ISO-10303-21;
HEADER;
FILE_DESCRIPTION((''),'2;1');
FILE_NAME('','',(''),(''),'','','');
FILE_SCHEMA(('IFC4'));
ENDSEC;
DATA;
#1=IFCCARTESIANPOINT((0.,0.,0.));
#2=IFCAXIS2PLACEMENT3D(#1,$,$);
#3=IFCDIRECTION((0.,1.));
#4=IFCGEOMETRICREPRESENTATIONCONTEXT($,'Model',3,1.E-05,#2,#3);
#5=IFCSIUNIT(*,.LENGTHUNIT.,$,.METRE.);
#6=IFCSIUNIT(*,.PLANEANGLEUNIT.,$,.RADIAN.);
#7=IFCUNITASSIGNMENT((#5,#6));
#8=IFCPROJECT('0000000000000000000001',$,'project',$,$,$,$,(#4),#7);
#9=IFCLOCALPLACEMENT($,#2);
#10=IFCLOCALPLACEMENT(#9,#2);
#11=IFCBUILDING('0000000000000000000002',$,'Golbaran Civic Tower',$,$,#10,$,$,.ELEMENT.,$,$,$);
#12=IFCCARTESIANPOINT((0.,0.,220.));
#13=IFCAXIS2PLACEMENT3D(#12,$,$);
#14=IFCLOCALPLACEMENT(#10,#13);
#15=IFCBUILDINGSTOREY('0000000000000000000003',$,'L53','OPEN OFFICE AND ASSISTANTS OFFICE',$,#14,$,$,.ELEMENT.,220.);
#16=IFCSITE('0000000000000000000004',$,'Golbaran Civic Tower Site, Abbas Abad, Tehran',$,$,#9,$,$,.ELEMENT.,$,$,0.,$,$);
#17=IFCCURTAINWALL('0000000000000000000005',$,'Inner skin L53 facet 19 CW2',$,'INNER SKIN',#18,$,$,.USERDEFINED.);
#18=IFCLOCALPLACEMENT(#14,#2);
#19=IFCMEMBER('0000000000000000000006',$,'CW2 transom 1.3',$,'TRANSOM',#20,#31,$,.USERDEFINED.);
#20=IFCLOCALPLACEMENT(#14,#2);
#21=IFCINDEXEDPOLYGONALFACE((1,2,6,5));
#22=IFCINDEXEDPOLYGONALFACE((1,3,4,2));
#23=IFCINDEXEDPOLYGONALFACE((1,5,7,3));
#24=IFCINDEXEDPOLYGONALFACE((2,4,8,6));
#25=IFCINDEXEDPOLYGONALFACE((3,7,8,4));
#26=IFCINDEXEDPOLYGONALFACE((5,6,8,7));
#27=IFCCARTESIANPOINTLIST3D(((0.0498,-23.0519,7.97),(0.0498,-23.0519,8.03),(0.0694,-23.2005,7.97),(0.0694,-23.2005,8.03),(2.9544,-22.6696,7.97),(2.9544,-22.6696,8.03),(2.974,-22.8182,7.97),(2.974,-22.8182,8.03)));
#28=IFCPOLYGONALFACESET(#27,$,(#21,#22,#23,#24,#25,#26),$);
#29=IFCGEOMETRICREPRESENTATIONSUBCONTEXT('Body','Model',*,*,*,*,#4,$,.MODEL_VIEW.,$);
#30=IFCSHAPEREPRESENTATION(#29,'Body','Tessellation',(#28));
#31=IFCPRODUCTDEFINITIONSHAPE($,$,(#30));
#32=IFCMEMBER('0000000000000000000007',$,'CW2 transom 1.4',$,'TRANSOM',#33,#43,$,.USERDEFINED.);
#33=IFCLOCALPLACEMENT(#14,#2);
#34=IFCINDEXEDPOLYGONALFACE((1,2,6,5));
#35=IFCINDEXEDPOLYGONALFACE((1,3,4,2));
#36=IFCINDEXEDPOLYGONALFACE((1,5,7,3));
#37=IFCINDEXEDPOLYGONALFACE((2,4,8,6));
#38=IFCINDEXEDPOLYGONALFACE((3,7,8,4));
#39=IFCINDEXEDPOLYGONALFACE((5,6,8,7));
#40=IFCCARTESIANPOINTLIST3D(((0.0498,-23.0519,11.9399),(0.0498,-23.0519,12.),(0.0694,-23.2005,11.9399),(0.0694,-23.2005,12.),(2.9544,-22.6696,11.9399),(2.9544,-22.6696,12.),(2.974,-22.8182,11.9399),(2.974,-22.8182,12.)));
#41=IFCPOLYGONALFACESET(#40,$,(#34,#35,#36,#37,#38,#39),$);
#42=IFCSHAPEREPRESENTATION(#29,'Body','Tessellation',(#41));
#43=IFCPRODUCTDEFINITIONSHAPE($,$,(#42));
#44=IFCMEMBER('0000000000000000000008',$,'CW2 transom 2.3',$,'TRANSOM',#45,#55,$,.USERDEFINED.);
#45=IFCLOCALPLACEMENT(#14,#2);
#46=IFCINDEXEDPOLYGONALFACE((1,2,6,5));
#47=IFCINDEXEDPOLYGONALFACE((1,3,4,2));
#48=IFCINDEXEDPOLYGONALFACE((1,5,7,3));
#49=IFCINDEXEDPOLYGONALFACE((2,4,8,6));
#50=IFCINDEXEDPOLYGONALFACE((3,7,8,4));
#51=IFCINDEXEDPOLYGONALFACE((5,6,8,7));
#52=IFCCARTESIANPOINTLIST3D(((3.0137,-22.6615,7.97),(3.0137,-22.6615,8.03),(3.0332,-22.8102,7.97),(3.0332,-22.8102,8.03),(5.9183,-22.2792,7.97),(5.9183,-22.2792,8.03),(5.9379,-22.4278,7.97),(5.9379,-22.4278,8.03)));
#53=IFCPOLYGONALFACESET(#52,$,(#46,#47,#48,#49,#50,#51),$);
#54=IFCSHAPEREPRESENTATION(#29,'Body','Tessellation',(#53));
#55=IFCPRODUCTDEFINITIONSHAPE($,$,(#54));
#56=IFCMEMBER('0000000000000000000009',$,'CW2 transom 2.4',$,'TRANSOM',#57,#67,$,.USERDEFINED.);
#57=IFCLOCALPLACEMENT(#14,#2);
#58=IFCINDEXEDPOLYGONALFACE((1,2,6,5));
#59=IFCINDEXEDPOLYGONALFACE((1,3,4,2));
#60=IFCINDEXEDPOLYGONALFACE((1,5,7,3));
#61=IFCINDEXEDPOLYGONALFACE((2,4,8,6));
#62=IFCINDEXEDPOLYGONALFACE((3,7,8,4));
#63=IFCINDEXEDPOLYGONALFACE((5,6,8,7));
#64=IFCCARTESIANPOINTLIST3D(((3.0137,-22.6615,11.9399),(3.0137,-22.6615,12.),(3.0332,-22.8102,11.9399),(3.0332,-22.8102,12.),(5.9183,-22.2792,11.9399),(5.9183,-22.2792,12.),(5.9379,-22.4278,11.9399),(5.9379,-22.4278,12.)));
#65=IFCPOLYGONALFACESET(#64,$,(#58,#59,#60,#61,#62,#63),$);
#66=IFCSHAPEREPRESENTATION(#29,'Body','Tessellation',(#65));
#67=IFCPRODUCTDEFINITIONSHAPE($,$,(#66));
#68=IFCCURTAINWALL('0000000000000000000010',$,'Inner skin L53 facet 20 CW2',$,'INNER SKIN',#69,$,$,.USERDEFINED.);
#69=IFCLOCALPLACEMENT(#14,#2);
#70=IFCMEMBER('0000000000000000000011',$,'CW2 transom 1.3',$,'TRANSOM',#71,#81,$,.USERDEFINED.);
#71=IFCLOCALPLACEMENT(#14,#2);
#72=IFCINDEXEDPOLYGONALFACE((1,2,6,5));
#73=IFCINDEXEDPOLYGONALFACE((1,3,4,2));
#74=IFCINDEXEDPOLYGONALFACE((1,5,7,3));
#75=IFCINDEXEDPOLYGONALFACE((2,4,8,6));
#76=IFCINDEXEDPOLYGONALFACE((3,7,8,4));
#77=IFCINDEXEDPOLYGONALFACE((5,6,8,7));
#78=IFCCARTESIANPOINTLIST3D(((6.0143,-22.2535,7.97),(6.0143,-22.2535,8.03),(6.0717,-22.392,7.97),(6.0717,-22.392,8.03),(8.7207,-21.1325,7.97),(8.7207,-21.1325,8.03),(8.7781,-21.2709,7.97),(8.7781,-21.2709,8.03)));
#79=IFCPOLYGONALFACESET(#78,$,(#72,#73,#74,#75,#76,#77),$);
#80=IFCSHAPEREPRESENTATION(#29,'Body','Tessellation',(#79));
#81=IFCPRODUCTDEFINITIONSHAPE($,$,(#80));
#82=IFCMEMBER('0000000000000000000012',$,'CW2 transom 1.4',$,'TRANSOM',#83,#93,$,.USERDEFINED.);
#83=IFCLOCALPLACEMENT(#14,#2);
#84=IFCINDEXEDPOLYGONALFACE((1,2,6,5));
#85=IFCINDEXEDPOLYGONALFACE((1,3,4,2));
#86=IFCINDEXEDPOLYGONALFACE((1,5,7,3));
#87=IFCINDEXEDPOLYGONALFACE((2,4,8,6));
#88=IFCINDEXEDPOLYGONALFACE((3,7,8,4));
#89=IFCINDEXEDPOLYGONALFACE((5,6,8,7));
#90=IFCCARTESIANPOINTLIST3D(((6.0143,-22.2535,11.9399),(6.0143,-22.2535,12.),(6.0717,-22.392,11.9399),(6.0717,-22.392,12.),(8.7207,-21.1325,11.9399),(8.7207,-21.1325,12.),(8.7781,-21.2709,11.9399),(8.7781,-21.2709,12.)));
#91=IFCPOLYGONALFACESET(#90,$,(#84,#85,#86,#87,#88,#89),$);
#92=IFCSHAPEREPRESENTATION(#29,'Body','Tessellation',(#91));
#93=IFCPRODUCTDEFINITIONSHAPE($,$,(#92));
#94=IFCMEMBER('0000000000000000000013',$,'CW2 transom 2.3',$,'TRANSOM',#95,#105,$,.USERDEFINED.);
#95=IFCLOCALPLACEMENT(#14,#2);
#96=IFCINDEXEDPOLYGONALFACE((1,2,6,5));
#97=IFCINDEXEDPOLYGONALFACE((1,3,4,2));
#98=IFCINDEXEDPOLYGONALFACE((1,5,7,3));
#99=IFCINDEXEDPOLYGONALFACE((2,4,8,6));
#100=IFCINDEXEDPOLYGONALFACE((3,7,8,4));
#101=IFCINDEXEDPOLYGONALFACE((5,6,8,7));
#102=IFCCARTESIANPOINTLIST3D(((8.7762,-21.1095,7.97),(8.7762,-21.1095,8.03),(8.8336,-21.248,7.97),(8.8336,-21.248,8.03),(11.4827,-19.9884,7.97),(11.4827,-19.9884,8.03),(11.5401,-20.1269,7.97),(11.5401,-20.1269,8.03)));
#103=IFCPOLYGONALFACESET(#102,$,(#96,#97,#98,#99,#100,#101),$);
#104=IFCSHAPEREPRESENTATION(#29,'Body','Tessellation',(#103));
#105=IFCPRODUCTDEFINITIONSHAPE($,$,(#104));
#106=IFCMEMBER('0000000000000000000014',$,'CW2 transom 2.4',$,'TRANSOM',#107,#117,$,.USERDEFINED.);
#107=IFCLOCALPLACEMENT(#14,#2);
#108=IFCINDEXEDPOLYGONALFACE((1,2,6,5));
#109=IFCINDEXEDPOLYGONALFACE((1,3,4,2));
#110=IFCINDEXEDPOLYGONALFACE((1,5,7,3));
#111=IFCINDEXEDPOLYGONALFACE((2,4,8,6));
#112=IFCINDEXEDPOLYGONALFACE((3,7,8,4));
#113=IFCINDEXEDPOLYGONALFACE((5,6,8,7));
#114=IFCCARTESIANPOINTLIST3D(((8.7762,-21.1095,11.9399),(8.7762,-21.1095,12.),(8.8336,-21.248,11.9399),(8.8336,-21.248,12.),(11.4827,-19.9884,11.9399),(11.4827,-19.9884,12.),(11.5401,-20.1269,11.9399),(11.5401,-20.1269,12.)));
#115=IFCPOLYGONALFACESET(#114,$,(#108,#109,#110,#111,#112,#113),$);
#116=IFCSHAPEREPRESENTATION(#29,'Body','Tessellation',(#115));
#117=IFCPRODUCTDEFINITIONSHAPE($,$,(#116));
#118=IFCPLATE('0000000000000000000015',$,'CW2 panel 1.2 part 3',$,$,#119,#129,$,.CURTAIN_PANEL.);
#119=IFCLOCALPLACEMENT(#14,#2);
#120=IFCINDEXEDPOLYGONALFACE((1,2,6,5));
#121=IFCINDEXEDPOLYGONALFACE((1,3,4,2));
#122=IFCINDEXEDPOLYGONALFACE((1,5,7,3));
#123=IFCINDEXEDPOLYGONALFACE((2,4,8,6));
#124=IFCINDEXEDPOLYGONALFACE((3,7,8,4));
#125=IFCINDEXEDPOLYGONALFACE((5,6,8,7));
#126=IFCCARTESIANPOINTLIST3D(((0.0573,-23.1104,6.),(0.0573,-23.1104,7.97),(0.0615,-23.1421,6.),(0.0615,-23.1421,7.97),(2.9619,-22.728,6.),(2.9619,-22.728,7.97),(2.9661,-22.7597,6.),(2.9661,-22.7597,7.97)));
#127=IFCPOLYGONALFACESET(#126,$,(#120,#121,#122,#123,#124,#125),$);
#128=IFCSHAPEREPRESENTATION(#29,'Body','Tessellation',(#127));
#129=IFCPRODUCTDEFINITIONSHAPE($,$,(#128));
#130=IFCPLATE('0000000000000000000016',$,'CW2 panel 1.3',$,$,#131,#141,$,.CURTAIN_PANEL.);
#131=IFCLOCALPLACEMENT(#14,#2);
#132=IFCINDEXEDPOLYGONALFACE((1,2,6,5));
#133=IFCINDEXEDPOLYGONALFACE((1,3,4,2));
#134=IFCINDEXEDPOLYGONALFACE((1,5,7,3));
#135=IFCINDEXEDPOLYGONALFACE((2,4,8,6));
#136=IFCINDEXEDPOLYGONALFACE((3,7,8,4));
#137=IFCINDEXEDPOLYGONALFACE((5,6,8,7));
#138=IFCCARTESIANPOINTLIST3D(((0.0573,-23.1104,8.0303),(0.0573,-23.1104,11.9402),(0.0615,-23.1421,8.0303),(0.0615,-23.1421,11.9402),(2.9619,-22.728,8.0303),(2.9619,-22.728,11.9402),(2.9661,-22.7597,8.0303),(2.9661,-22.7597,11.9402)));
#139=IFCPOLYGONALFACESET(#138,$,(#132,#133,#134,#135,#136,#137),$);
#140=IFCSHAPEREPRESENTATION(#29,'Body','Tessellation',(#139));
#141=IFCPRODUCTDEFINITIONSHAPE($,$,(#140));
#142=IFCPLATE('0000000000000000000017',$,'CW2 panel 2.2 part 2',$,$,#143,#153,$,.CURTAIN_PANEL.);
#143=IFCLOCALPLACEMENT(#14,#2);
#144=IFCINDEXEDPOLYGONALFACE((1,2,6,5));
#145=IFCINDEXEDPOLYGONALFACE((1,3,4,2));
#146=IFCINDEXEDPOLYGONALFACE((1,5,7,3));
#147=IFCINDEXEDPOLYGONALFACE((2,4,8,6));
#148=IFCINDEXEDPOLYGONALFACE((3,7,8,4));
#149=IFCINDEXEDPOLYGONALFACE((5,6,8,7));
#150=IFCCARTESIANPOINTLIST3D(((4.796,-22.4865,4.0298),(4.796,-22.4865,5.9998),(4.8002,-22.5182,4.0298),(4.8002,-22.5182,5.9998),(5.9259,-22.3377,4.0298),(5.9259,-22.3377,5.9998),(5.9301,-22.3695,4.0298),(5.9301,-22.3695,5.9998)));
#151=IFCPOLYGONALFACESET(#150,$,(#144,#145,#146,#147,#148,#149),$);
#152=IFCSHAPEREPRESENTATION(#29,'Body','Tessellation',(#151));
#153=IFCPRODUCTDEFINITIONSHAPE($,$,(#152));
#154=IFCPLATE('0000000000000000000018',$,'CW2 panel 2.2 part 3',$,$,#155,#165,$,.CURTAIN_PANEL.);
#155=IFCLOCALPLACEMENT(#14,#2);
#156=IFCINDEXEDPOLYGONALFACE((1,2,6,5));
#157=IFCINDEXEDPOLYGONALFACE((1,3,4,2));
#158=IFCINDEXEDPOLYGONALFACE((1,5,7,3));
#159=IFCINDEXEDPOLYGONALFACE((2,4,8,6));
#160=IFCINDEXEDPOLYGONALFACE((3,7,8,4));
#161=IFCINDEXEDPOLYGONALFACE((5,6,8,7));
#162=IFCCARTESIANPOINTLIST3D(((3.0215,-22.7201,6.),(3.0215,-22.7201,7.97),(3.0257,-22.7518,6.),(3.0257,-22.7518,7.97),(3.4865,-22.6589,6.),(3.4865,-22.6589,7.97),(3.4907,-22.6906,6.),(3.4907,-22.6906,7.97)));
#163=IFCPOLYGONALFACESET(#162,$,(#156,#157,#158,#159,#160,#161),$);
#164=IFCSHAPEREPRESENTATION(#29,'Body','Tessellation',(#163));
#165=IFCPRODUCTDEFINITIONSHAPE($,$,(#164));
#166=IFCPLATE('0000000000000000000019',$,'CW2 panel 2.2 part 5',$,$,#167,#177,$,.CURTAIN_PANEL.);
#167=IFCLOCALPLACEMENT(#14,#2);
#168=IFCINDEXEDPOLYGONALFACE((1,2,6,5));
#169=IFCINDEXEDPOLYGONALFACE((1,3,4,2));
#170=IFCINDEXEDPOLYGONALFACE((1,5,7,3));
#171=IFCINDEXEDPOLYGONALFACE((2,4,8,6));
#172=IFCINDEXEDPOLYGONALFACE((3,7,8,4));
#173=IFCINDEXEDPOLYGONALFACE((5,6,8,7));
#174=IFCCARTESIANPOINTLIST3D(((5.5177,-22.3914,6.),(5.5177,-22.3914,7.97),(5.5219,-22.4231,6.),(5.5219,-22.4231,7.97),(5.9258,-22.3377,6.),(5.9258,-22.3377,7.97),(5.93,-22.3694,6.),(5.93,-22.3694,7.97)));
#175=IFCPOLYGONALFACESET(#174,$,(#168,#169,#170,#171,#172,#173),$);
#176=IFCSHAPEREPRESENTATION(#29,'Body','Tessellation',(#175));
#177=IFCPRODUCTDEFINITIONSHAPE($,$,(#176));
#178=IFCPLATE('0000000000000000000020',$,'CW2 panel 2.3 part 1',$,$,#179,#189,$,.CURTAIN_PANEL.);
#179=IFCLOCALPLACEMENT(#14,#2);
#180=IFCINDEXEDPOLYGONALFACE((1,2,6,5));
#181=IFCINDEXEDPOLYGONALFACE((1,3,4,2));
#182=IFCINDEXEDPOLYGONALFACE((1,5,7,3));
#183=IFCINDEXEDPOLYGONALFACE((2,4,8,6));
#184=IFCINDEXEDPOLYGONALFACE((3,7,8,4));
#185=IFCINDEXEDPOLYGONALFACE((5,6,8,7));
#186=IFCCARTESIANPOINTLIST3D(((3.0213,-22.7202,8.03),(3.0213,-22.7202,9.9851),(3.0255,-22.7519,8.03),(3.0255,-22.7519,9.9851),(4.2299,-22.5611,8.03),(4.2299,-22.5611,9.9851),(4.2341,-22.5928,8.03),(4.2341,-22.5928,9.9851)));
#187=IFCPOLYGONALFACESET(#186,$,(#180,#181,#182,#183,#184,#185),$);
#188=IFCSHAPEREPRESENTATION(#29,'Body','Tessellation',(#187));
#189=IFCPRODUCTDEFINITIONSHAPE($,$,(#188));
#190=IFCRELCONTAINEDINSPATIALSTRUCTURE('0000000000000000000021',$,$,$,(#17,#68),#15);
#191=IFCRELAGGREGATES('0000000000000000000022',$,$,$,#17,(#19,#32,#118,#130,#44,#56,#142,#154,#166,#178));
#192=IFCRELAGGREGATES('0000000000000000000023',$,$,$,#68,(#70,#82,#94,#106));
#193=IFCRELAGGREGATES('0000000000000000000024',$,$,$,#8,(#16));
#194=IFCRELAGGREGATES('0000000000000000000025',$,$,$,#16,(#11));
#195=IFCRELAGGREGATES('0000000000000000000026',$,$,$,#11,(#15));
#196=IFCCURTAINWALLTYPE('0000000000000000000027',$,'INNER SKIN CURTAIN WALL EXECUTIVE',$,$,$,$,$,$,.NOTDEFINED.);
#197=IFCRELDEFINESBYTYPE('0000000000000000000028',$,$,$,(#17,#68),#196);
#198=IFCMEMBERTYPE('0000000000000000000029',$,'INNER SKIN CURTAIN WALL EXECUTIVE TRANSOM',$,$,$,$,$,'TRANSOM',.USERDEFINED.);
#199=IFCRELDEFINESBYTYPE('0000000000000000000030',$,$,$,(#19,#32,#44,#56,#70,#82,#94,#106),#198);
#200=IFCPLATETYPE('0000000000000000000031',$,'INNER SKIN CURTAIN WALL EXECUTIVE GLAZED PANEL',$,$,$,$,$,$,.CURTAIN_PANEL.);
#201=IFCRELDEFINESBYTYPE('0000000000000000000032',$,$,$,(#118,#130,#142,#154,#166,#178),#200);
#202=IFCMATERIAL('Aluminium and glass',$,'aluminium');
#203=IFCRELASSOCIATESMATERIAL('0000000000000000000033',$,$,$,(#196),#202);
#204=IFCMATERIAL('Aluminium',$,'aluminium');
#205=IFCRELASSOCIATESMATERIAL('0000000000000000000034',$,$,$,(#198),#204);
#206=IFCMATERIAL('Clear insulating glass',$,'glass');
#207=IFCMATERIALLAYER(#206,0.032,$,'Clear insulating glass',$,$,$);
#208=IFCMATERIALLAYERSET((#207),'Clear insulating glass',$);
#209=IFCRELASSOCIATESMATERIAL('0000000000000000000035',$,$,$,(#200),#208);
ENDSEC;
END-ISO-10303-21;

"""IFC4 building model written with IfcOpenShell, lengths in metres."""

from ifc_helpers import new_model, si_unit, direction, frame, origin, origin_2d, place, context, subcontext, project, spatial, rectangle, extrude, material, layer, layer_set, material_profile, profile_set, type_object, element, aggregate, save


model = new_model("IFC4")

# Units and contexts
model_context = context("Model", 3, precision=1e-05, world=origin(), true_north=direction((0.0, 1.0)))
body_context = subcontext(model_context, "Body", "Model", "MODEL_VIEW")
ifc_project = project(units=[si_unit("LENGTHUNIT", "METRE"), si_unit("PLANEANGLEUNIT", "RADIAN")], contexts=[model_context])

# Site, building, storey
site_placement = place(None, origin())
site = spatial("IfcSite", under=ifc_project, at=site_placement, Name="Golbaran Civic Tower Site, Abbas Abad, Tehran", CompositionType="ELEMENT", RefElevation=0.0)
building_placement = place(site_placement, origin())
building = spatial("IfcBuilding", under=site, at=building_placement, Name="Golbaran Civic Tower", CompositionType="ELEMENT")
storey_placement = place(building_placement, frame((0.0, 0.0, 220.0)))
storey = spatial("IfcBuildingStorey", under=building, at=storey_placement, Name="L53", Description="OPEN OFFICE AND ASSISTANTS OFFICE", CompositionType="ELEMENT", Elevation=220.0)

# Curtain walls, members
ifc_material_1 = material(Name="Aluminium and glass", Category="aluminium")
curtain_wall_type = type_object("IfcCurtainWallType", Name="INNER SKIN CURTAIN WALL EXECUTIVE", PredefinedType="NOTDEFINED", material=ifc_material_1)
curtain_wall_1_placement = place(storey_placement, origin())
curtain_wall_1 = element("IfcCurtainWall", 1, at=curtain_wall_1_placement, inside=storey, type_object=curtain_wall_type, Name="Inner skin L53 facet 19 CW2", ObjectType="INNER SKIN", PredefinedType="USERDEFINED")
ifc_material_2 = material(Name="Aluminium", Category="aluminium")
ifc_material_profile = material_profile(ifc_material_2, rectangle(XDim=0.1499, YDim=0.0601, at=origin_2d()), Name="INNER SKIN CURTAIN WALL EXECUTIVE TRANSOM")
ifc_profile_set = profile_set([ifc_material_profile], Name="Aluminium")
member_type = type_object("IfcMemberType", Name="INNER SKIN CURTAIN WALL EXECUTIVE TRANSOM", ElementType="TRANSOM", PredefinedType="USERDEFINED", material=ifc_profile_set)
member_1_placement = place(storey_placement, frame((0.0596, -23.1262, 8.0), z_axis=(0.991448, 0.130504, 0.0), x_axis=(-0.130504, 0.991448, 0.0)))
member_1 = element("IfcMember", 2, at=member_1_placement, type_object=member_type, Name="CW2 transom 1.3", ObjectType="TRANSOM", PredefinedType="USERDEFINED", context=body_context, shape_type="SweptSolid", body=[
    extrude(rectangle(XDim=0.1499, YDim=0.0601, at=origin_2d()), origin(), (0.0, 0.0, 1.0), 2.9297),
])
member_2_placement = place(storey_placement, frame((0.0596, -23.1262, 11.97), z_axis=(0.991448, 0.130504, 0.0), x_axis=(-0.130504, 0.991448, 0.0)))
member_2 = element("IfcMember", 3, at=member_2_placement, type_object=member_type, Name="CW2 transom 1.4", ObjectType="TRANSOM", PredefinedType="USERDEFINED", context=body_context, shape_type="SweptSolid", body=[
    extrude(rectangle(XDim=0.1499, YDim=0.0601, at=origin_2d()), origin(), (0.0, 0.0, 1.0), 2.9297),
])
member_3_placement = place(storey_placement, frame((3.0234, -22.7358, 8.0), z_axis=(0.991448, 0.130504, 0.0), x_axis=(-0.130504, 0.991448, 0.0)))
member_3 = element("IfcMember", 4, at=member_3_placement, type_object=member_type, Name="CW2 transom 2.3", ObjectType="TRANSOM", PredefinedType="USERDEFINED", context=body_context, shape_type="SweptSolid", body=[
    extrude(rectangle(XDim=0.1499, YDim=0.0601, at=origin_2d()), origin(), (0.0, 0.0, 1.0), 2.9297),
])
member_4_placement = place(storey_placement, frame((3.0234, -22.7358, 11.97), z_axis=(0.991448, 0.130504, 0.0), x_axis=(-0.130504, 0.991448, 0.0)))
member_4 = element("IfcMember", 5, at=member_4_placement, type_object=member_type, Name="CW2 transom 2.4", ObjectType="TRANSOM", PredefinedType="USERDEFINED", context=body_context, shape_type="SweptSolid", body=[
    extrude(rectangle(XDim=0.1499, YDim=0.0601, at=origin_2d()), origin(), (0.0, 0.0, 1.0), 2.9297),
])
curtain_wall_2_placement = place(storey_placement, origin())
curtain_wall_2 = element("IfcCurtainWall", 6, at=curtain_wall_2_placement, inside=storey, type_object=curtain_wall_type, Name="Inner skin L53 facet 20 CW2", ObjectType="INNER SKIN", PredefinedType="USERDEFINED")
member_5_placement = place(storey_placement, frame((6.043, -22.3228, 8.0), z_axis=(0.923879, 0.382685, 0.0), x_axis=(-0.382685, 0.923879, 0.0)))
member_5 = element("IfcMember", 7, at=member_5_placement, type_object=member_type, Name="CW2 transom 1.3", ObjectType="TRANSOM", PredefinedType="USERDEFINED", context=body_context, shape_type="SweptSolid", body=[
    extrude(rectangle(XDim=0.1499, YDim=0.0601, at=origin_2d()), origin(), (0.0, 0.0, 1.0), 2.9294),
])
member_6_placement = place(storey_placement, frame((6.043, -22.3228, 11.97), z_axis=(0.923879, 0.382685, 0.0), x_axis=(-0.382685, 0.923879, 0.0)))
member_6 = element("IfcMember", 8, at=member_6_placement, type_object=member_type, Name="CW2 transom 1.4", ObjectType="TRANSOM", PredefinedType="USERDEFINED", context=body_context, shape_type="SweptSolid", body=[
    extrude(rectangle(XDim=0.1499, YDim=0.0601, at=origin_2d()), origin(), (0.0, 0.0, 1.0), 2.9294),
])
member_7_placement = place(storey_placement, frame((8.8049, -21.1787, 8.0), z_axis=(0.923879, 0.382685, 0.0), x_axis=(-0.382685, 0.923879, 0.0)))
member_7 = element("IfcMember", 9, at=member_7_placement, type_object=member_type, Name="CW2 transom 2.3", ObjectType="TRANSOM", PredefinedType="USERDEFINED", context=body_context, shape_type="SweptSolid", body=[
    extrude(rectangle(XDim=0.1499, YDim=0.0601, at=origin_2d()), origin(), (0.0, 0.0, 1.0), 2.9294),
])
member_8_placement = place(storey_placement, frame((8.8049, -21.1787, 11.97), z_axis=(0.923879, 0.382685, 0.0), x_axis=(-0.382685, 0.923879, 0.0)))
member_8 = element("IfcMember", 10, at=member_8_placement, type_object=member_type, Name="CW2 transom 2.4", ObjectType="TRANSOM", PredefinedType="USERDEFINED", context=body_context, shape_type="SweptSolid", body=[
    extrude(rectangle(XDim=0.1499, YDim=0.0601, at=origin_2d()), origin(), (0.0, 0.0, 1.0), 2.9294),
])

# Plates
ifc_material_3 = material(Name="Clear insulating glass", Category="glass")
ifc_layer_1 = layer(ifc_material_3, 0.032, Name="Clear insulating glass")
ifc_layer_set_1 = layer_set([ifc_layer_1], Name="Clear insulating glass")
plate_type_1 = type_object("IfcPlateType", Name="INNER SKIN CURTAIN WALL EXECUTIVE GLAZED PANEL", PredefinedType="CURTAIN_PANEL", material=ifc_layer_set_1)
plate_1_placement = place(storey_placement, frame((1.5117, -22.9351, 6.0), z_axis=(0.0, 0.0, 1.0), x_axis=(0.991445, 0.130526, 0.0)))
plate_1 = element("IfcPlate", 11, at=plate_1_placement, type_object=plate_type_1, Name="CW2 panel 1.2 part 3", PredefinedType="CURTAIN_PANEL", context=body_context, shape_type="SweptSolid", body=[
    extrude(rectangle(XDim=2.9297, YDim=0.032, at=origin_2d()), origin(), (0.0, 0.0, 1.0), 1.97),
])
plate_2_placement = place(storey_placement, frame((1.5117, -22.9351, 8.0303), z_axis=(0.0, 0.0, 1.0), x_axis=(0.991445, 0.130526, 0.0)))
plate_2 = element("IfcPlate", 12, at=plate_2_placement, type_object=plate_type_1, Name="CW2 panel 1.3", PredefinedType="CURTAIN_PANEL", context=body_context, shape_type="SweptSolid", body=[
    extrude(rectangle(XDim=2.9297, YDim=0.032, at=origin_2d()), origin(), (0.0, 0.0, 1.0), 3.9099),
])
plate_3_placement = place(storey_placement, frame((5.363, -22.428, 4.0298), z_axis=(0.0, 0.0, 1.0), x_axis=(0.991445, 0.130526, 0.0)))
plate_3 = element("IfcPlate", 13, at=plate_3_placement, type_object=plate_type_1, Name="CW2 panel 2.2 part 2", PredefinedType="CURTAIN_PANEL", context=body_context, shape_type="SweptSolid", body=[
    extrude(rectangle(XDim=1.1396, YDim=0.032, at=origin_2d()), origin(), (0.0, 0.0, 1.0), 1.97),
])
plate_4_placement = place(storey_placement, frame((3.2561, -22.7053, 6.0), z_axis=(0.0, 0.0, 1.0), x_axis=(0.991445, 0.130526, 0.0)))
plate_4 = element("IfcPlate", 14, at=plate_4_placement, type_object=plate_type_1, Name="CW2 panel 2.2 part 3", PredefinedType="CURTAIN_PANEL", context=body_context, shape_type="SweptSolid", body=[
    extrude(rectangle(XDim=0.469, YDim=0.032, at=origin_2d()), origin(), (0.0, 0.0, 1.0), 1.97),
])
plate_5_placement = place(storey_placement, frame((5.7239, -22.3804, 6.0), z_axis=(0.0, 0.0, 1.0), x_axis=(0.991445, 0.130526, 0.0)))
plate_5 = element("IfcPlate", 15, at=plate_5_placement, type_object=plate_type_1, Name="CW2 panel 2.2 part 5", PredefinedType="CURTAIN_PANEL", context=body_context, shape_type="SweptSolid", body=[
    extrude(rectangle(XDim=0.4116, YDim=0.032, at=origin_2d()), origin(), (0.0, 0.0, 1.0), 1.97),
])
plate_6_placement = place(storey_placement, frame((3.6277, -22.6565, 8.03), z_axis=(0.0, 0.0, 1.0), x_axis=(0.991445, 0.130526, 0.0)))
plate_6 = element("IfcPlate", 16, at=plate_6_placement, type_object=plate_type_1, Name="CW2 panel 2.3 part 1", PredefinedType="CURTAIN_PANEL", context=body_context, shape_type="SweptSolid", body=[
    extrude(rectangle(XDim=1.219, YDim=0.032, at=origin_2d()), origin(), (0.0, 0.0, 1.0), 1.9551),
])
aggregate(curtain_wall_1, [member_1, member_2, plate_1, plate_2, member_3, member_4, plate_3, plate_4, plate_5, plate_6])
aggregate(curtain_wall_2, [member_5, member_6, member_7, member_8])

save(model, "model.ifc")
